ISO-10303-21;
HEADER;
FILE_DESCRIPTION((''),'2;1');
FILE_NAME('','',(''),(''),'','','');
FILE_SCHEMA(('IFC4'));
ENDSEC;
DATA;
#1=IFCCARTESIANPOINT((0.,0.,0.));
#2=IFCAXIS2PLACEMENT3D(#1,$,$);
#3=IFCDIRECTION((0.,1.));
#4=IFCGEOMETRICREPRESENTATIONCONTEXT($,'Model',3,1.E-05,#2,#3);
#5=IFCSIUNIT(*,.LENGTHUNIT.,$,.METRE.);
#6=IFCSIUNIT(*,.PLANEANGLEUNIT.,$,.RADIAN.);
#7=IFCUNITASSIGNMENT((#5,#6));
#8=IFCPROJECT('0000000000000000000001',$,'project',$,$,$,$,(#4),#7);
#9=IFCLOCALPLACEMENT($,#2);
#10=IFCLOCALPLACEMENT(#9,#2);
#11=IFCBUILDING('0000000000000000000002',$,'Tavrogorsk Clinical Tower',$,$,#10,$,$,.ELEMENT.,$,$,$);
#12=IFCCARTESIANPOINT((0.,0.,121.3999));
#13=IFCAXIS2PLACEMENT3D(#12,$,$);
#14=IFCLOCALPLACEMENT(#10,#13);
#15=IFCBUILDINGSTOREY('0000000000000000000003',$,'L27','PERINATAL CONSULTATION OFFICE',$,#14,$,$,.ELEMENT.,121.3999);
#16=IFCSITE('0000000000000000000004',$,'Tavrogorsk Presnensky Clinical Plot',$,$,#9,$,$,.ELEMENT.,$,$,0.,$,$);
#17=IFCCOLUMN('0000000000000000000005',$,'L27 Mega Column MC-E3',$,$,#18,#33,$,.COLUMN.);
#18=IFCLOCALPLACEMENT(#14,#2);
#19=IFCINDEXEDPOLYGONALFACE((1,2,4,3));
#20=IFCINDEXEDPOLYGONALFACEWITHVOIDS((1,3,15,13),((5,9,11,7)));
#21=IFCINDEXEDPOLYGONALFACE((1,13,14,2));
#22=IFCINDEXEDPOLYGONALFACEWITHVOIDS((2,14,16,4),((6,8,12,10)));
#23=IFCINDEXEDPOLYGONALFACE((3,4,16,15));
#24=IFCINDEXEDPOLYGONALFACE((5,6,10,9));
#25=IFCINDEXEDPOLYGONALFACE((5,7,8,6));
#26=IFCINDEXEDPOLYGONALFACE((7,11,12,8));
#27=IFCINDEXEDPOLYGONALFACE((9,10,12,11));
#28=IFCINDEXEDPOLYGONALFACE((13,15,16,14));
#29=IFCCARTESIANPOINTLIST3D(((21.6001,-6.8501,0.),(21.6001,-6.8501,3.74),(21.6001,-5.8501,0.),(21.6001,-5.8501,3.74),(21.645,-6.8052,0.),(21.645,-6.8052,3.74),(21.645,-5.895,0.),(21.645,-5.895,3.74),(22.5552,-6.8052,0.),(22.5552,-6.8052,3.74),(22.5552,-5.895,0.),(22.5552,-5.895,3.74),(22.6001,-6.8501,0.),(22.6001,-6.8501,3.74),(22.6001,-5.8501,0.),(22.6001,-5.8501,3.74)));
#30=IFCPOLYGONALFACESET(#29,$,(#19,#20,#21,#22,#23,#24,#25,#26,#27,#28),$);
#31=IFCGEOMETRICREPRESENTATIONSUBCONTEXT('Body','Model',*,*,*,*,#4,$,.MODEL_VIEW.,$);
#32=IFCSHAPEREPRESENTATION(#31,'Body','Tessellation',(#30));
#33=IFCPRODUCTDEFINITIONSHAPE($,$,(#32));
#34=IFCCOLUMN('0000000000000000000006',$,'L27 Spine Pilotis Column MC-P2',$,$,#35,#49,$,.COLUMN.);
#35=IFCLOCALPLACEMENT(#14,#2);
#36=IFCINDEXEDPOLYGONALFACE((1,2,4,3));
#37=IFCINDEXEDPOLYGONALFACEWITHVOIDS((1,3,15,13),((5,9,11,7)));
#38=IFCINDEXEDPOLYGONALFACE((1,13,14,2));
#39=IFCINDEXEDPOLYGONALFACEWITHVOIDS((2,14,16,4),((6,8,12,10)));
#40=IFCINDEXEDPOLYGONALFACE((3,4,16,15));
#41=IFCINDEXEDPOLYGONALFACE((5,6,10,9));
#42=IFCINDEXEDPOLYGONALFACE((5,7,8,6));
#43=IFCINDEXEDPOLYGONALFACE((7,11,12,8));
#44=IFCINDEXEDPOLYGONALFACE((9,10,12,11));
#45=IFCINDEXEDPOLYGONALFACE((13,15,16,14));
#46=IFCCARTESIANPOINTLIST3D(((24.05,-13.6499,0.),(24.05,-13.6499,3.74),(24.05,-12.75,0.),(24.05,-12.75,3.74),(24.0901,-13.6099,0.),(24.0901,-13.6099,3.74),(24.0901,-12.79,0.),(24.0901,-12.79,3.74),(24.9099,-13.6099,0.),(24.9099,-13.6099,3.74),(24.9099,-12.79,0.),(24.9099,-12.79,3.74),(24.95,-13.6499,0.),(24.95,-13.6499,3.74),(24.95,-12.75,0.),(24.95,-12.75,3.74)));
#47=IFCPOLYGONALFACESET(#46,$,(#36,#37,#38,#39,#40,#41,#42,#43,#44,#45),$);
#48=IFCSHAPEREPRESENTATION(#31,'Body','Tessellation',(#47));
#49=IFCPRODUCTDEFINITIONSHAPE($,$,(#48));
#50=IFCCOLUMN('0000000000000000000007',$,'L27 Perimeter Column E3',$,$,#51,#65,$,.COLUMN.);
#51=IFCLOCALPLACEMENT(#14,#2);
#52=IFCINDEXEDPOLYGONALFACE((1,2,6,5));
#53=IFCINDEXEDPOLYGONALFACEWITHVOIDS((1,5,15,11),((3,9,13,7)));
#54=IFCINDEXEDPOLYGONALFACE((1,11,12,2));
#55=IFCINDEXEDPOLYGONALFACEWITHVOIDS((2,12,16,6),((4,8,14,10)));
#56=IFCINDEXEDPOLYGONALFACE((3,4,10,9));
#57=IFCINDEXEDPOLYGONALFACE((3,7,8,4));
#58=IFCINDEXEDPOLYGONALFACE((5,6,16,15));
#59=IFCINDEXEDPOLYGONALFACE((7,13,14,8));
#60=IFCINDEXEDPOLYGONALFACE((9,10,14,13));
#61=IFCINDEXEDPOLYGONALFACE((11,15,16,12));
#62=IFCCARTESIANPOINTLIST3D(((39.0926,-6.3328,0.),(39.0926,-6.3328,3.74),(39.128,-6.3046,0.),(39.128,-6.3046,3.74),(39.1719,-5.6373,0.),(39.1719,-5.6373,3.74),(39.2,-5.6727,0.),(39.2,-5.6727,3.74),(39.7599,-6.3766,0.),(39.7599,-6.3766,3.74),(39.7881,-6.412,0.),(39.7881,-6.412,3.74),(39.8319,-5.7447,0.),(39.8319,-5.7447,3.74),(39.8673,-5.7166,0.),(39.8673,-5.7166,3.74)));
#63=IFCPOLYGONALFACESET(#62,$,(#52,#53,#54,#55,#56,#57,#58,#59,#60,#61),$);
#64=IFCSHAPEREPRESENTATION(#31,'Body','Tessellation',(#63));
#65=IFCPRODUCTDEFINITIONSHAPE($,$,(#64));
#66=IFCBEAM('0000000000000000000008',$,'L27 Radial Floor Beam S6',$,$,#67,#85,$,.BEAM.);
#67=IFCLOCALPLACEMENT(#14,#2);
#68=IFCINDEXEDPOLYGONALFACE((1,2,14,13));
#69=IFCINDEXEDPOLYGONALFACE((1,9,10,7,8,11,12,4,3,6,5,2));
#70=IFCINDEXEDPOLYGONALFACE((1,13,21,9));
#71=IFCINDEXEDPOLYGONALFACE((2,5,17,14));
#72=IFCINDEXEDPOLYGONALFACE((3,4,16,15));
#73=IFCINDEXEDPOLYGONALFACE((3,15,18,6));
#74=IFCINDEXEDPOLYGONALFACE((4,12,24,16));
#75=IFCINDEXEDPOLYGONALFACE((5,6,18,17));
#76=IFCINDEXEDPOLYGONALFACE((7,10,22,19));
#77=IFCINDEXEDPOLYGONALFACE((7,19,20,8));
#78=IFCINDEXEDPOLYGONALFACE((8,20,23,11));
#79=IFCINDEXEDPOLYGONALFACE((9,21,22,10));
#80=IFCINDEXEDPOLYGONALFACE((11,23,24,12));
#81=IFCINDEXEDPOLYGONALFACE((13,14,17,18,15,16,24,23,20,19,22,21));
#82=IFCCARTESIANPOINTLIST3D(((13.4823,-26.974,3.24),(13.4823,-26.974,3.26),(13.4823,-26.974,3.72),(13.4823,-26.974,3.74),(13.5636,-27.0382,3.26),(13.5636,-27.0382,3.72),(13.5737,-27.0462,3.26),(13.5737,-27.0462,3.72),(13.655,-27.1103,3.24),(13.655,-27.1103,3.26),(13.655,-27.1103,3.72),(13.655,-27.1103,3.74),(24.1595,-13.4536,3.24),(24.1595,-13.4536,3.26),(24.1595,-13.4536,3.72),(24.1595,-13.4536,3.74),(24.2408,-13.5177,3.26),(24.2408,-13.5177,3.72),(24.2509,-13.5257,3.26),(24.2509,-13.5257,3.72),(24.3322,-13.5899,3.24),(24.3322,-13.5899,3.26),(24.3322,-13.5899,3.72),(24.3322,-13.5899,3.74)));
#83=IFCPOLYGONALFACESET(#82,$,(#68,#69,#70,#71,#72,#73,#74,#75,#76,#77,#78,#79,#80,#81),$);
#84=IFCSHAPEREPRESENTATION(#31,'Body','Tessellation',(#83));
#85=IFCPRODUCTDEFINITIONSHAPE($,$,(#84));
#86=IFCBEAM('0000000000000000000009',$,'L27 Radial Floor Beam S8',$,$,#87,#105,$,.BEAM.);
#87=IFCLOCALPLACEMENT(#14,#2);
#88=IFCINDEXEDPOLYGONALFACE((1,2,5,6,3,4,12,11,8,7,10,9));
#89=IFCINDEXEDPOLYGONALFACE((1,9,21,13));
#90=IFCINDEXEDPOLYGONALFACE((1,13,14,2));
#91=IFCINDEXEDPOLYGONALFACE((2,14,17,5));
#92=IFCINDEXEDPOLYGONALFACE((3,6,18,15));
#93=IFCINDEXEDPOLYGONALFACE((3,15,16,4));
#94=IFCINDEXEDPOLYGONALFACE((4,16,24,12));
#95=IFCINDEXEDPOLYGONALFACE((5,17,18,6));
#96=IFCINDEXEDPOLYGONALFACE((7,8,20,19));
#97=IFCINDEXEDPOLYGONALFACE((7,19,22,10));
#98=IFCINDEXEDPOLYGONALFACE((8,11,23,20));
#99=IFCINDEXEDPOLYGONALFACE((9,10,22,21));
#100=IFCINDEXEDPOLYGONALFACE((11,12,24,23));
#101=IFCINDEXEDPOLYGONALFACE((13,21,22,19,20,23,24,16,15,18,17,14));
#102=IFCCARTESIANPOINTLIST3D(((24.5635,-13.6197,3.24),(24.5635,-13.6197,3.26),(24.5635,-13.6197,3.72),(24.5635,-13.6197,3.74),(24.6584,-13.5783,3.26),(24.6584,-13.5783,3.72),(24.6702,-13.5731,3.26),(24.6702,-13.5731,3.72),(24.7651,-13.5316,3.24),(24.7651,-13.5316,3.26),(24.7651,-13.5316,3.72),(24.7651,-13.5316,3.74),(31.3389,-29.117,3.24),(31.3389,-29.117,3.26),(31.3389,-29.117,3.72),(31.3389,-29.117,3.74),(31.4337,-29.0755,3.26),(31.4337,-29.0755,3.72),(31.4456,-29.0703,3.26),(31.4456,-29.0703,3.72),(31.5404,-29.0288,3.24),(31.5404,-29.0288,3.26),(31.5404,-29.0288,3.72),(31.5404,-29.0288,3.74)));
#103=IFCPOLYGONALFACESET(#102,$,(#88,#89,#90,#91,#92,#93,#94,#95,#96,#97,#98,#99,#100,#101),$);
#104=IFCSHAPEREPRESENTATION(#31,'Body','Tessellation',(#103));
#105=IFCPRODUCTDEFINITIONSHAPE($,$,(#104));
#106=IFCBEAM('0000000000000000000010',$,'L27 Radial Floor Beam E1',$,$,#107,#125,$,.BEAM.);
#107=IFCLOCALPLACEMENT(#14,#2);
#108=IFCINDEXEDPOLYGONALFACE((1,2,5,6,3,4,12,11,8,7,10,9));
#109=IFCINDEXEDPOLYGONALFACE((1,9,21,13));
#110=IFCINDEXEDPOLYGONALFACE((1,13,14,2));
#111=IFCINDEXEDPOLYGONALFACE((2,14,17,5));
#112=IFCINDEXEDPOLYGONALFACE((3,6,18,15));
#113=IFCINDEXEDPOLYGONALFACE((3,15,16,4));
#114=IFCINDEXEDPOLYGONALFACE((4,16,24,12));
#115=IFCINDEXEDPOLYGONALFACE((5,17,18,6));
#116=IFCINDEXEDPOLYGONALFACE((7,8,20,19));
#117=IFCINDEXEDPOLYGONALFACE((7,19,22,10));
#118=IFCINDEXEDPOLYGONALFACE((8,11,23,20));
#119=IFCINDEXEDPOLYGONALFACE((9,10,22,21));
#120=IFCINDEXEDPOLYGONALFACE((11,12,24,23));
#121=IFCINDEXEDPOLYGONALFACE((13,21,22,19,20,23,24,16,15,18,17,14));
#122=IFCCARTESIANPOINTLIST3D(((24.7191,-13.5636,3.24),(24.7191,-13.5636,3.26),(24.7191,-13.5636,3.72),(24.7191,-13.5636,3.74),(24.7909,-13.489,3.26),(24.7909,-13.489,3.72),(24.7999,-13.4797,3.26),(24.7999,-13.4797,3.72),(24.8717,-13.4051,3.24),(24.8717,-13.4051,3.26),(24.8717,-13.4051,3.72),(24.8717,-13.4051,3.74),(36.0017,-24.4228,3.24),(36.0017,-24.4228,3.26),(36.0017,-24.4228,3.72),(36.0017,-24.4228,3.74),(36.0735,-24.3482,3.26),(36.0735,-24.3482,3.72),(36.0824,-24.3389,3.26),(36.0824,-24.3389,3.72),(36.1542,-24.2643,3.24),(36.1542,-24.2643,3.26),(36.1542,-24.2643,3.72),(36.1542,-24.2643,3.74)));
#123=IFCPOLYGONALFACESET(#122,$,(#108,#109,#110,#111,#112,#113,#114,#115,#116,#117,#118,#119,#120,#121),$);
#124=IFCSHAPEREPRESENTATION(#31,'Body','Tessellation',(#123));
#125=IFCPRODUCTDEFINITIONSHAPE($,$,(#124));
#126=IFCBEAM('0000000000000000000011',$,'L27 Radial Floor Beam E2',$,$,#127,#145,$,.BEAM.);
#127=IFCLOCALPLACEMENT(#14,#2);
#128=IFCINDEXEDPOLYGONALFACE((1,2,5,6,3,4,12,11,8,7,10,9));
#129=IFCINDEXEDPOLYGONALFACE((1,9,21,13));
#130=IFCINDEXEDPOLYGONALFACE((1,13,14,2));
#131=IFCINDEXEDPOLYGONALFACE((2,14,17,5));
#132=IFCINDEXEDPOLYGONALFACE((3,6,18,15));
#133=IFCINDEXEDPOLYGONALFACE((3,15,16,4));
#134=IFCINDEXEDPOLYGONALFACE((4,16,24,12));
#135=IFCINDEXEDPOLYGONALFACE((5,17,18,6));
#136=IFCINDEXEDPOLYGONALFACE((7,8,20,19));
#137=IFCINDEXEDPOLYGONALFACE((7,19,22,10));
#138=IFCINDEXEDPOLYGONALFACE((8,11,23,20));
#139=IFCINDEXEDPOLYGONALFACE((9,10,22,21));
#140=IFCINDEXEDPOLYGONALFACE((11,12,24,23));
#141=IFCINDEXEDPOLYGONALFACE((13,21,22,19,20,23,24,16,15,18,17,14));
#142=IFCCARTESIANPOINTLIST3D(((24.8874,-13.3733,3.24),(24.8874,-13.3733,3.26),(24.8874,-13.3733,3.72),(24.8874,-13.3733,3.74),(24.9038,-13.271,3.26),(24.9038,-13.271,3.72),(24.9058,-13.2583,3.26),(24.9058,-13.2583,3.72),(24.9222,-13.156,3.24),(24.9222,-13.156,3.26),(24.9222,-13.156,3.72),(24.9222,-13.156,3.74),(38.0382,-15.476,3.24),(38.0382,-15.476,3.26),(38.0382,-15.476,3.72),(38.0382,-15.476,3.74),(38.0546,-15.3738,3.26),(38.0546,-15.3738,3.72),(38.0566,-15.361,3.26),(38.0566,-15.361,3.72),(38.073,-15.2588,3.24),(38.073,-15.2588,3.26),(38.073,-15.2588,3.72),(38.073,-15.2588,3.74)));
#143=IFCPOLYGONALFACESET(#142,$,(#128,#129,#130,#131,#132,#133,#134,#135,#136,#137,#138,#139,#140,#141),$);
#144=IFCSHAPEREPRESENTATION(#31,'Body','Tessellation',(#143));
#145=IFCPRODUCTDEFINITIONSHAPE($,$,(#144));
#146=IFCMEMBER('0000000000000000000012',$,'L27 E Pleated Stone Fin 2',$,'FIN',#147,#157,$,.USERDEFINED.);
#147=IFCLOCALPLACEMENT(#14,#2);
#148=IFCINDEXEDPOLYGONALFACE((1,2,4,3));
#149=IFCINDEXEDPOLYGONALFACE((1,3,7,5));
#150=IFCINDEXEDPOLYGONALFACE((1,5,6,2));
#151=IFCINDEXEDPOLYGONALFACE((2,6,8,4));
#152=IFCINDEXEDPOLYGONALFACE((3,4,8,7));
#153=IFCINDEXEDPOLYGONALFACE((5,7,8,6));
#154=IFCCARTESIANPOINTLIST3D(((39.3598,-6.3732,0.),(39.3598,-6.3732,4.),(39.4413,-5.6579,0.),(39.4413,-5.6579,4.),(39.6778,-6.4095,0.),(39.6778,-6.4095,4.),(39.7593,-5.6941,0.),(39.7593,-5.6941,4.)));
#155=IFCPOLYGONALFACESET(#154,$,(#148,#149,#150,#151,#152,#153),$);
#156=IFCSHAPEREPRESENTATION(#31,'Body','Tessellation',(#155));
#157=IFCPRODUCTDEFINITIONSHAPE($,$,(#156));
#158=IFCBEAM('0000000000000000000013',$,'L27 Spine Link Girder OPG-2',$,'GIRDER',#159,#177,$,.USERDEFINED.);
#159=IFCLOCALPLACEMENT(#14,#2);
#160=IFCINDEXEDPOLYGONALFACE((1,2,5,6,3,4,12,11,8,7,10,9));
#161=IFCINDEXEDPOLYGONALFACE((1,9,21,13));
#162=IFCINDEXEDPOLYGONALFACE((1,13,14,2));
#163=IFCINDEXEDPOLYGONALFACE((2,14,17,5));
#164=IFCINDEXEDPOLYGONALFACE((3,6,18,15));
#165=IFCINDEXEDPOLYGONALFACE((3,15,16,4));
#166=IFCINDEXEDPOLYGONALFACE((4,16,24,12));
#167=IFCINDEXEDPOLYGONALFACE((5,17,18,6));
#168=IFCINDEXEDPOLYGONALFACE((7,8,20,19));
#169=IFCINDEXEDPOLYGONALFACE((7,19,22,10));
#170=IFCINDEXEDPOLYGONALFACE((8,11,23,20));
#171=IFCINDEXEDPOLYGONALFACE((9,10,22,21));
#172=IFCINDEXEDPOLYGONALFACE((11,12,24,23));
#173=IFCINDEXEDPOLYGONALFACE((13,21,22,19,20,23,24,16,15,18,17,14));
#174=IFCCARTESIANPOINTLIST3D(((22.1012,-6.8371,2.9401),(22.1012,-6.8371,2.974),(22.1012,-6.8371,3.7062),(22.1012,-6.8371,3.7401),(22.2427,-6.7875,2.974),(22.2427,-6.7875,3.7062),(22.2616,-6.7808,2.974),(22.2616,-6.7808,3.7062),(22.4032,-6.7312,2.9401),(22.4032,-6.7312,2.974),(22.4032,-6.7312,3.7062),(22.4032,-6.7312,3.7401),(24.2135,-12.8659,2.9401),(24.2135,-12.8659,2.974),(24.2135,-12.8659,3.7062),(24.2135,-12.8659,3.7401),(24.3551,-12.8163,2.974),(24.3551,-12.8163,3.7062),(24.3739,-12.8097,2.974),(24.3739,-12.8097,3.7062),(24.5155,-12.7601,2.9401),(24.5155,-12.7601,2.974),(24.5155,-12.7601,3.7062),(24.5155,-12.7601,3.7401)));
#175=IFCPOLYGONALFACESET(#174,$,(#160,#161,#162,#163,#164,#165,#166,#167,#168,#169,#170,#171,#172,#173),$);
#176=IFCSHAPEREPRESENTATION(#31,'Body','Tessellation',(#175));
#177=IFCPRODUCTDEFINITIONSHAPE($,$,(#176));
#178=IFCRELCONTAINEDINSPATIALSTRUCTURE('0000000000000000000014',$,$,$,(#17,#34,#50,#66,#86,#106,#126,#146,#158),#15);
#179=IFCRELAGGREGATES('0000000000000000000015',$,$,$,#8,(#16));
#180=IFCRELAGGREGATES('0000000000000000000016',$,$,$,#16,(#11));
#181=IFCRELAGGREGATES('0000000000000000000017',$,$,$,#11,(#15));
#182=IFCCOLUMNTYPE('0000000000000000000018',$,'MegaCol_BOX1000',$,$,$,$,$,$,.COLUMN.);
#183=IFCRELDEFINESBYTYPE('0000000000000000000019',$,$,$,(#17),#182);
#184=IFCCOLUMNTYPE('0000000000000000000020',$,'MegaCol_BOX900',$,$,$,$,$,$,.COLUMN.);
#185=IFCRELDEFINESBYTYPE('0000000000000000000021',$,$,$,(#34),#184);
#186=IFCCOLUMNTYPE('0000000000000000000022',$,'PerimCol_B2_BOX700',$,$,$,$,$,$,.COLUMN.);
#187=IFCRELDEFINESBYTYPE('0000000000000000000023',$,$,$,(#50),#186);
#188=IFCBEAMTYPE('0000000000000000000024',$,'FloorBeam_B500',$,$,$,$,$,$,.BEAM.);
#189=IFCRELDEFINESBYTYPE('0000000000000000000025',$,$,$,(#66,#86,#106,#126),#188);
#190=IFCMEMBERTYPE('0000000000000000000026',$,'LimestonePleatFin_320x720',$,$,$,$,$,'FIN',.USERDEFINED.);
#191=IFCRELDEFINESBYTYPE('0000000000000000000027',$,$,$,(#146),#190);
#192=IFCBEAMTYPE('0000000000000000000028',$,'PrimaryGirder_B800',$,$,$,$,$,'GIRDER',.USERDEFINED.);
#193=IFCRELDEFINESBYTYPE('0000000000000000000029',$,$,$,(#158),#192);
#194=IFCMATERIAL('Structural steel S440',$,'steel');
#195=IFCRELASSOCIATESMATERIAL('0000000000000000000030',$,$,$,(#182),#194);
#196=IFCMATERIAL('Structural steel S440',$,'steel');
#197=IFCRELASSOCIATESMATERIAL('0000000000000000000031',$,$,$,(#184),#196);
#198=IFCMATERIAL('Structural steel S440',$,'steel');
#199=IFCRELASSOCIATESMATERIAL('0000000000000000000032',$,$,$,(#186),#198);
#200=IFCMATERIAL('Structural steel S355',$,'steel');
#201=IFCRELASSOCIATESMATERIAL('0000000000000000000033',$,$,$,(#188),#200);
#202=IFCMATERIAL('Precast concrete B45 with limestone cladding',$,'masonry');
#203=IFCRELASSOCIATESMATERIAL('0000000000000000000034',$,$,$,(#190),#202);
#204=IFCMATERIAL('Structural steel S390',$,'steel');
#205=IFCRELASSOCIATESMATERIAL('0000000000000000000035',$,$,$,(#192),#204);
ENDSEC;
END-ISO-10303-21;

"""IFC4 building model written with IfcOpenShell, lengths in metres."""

from ifc_helpers import new_model, si_unit, direction, frame, origin, origin_2d, place, context, subcontext, project, spatial, rectangle, hollow_rectangle, i_section, extrude, material, material_profile, profile_set, type_object, element, save


model = new_model("IFC4")

# Units and contexts
model_context = context("Model", 3, precision=1e-05, world=origin(), true_north=direction((0.0, 1.0)))
body_context = subcontext(model_context, "Body", "Model", "MODEL_VIEW")
ifc_project = project(units=[si_unit("LENGTHUNIT", "METRE"), si_unit("PLANEANGLEUNIT", "RADIAN")], contexts=[model_context])

# Site, building, storey
site_placement = place(None, origin())
site = spatial("IfcSite", under=ifc_project, at=site_placement, Name="Tavrogorsk Presnensky Clinical Plot", CompositionType="ELEMENT", RefElevation=0.0)
building_placement = place(site_placement, origin())
building = spatial("IfcBuilding", under=site, at=building_placement, Name="Tavrogorsk Clinical Tower", CompositionType="ELEMENT")
storey_placement = place(building_placement, frame((0.0, 0.0, 121.3999)))
storey = spatial("IfcBuildingStorey", under=building, at=storey_placement, Name="L27", Description="PERINATAL CONSULTATION OFFICE", CompositionType="ELEMENT", Elevation=121.3999)

# Columns
ifc_material_1 = material(Name="Structural steel S440", Category="steel")
ifc_material_profile_1 = material_profile(ifc_material_1, hollow_rectangle(XDim=1.0, YDim=1.0, WallThickness=0.0449, at=origin_2d()), Name="BOX-1000x1000x45")
ifc_profile_set_1 = profile_set([ifc_material_profile_1], Name="Structural steel S440")
column_type_1 = type_object("IfcColumnType", Name="MegaCol_BOX1000", PredefinedType="COLUMN", material=ifc_profile_set_1)
column_1_placement = place(storey_placement, frame((22.1001, -6.3501, 0.0), z_axis=(0.0, 0.0, 1.0), x_axis=(1.0, 0.0, 0.0)))
element("IfcColumn", 1, at=column_1_placement, inside=storey, type_object=column_type_1, Name="L27 Mega Column MC-E3", PredefinedType="COLUMN", context=body_context, shape_type="SweptSolid", body=[
    extrude(hollow_rectangle(XDim=1.0, YDim=1.0, WallThickness=0.0449, at=origin_2d()), origin(), (0.0, 0.0, 1.0), 3.74),
])
ifc_material_2 = material(Name="Structural steel S440", Category="steel")
ifc_material_profile_2 = material_profile(ifc_material_2, hollow_rectangle(XDim=0.8999, YDim=0.8999, WallThickness=0.04, at=origin_2d()), Name="BOX-900x900x40")
ifc_profile_set_2 = profile_set([ifc_material_profile_2], Name="Structural steel S440")
column_type_2 = type_object("IfcColumnType", Name="MegaCol_BOX900", PredefinedType="COLUMN", material=ifc_profile_set_2)
column_2_placement = place(storey_placement, frame((24.5, -13.2, 0.0), z_axis=(0.0, 0.0, 1.0), x_axis=(1.0, 0.0, 0.0)))
element("IfcColumn", 2, at=column_2_placement, inside=storey, type_object=column_type_2, Name="L27 Spine Pilotis Column MC-P2", PredefinedType="COLUMN", context=body_context, shape_type="SweptSolid", body=[
    extrude(hollow_rectangle(XDim=0.8999, YDim=0.8999, WallThickness=0.04, at=origin_2d()), origin(), (0.0, 0.0, 1.0), 3.74),
])
ifc_material_3 = material(Name="Structural steel S440", Category="steel")
ifc_material_profile_3 = material_profile(ifc_material_3, hollow_rectangle(XDim=0.7, YDim=0.7, WallThickness=0.032, at=origin_2d()), Name="BOX-700x700x32")
ifc_profile_set_3 = profile_set([ifc_material_profile_3], Name="Structural steel S440")
column_type_3 = type_object("IfcColumnType", Name="PerimCol_B2_BOX700", PredefinedType="COLUMN", material=ifc_profile_set_3)
column_3_placement = place(storey_placement, frame((39.48, -6.0247, 0.0), z_axis=(0.0, 0.0, 1.0), x_axis=(0.993572, -0.113203, 0.0)))
element("IfcColumn", 3, at=column_3_placement, inside=storey, type_object=column_type_3, Name="L27 Perimeter Column E3", PredefinedType="COLUMN", context=body_context, shape_type="SweptSolid", body=[
    extrude(hollow_rectangle(XDim=0.7, YDim=0.7, WallThickness=0.032, at=origin_2d()), origin(), (0.0, 0.0, 1.0), 3.74),
])

# Beams
ifc_material_4 = material(Name="Structural steel S355", Category="steel")
ifc_material_profile_4 = material_profile(ifc_material_4, i_section(OverallWidth=0.22, OverallDepth=0.5, WebThickness=0.0129, FlangeThickness=0.02, at=origin_2d()), Name="B-500x220x13x20")
ifc_profile_set_4 = profile_set([ifc_material_profile_4], Name="Structural steel S355")
beam_type_1 = type_object("IfcBeamType", Name="FloorBeam_B500", PredefinedType="BEAM", material=ifc_profile_set_4)
beam_1_placement = place(storey_placement, frame((24.2458, -13.5217, 3.49), z_axis=(-0.619757, -0.784794, 0.0), x_axis=(0.784794, -0.619757, 0.0)))
element("IfcBeam", 4, at=beam_1_placement, inside=storey, type_object=beam_type_1, Name="L27 Radial Floor Beam S6", PredefinedType="BEAM", context=body_context, shape_type="SweptSolid", body=[
    extrude(i_section(OverallWidth=0.22, OverallDepth=0.5, WebThickness=0.0129, FlangeThickness=0.02, at=origin_2d()), origin(), (0.0, 0.0, 1.0), 17.228),
])
beam_2_placement = place(storey_placement, frame((24.6643, -13.5757, 3.49), z_axis=(0.400586, -0.916259, 0.0), x_axis=(0.916259, 0.400586, 0.0)))
element("IfcBeam", 5, at=beam_2_placement, inside=storey, type_object=beam_type_1, Name="L27 Radial Floor Beam S8", PredefinedType="BEAM", context=body_context, shape_type="SweptSolid", body=[
    extrude(i_section(OverallWidth=0.22, OverallDepth=0.5, WebThickness=0.0129, FlangeThickness=0.02, at=origin_2d()), origin(), (0.0, 0.0, 1.0), 16.9136),
])
beam_3_placement = place(storey_placement, frame((24.7954, -13.4844, 3.49), z_axis=(0.720495, -0.69346, 0.0), x_axis=(0.69346, 0.720495, 0.0)))
element("IfcBeam", 6, at=beam_3_placement, inside=storey, type_object=beam_type_1, Name="L27 Radial Floor Beam E1", PredefinedType="BEAM", context=body_context, shape_type="SweptSolid", body=[
    extrude(i_section(OverallWidth=0.22, OverallDepth=0.5, WebThickness=0.0129, FlangeThickness=0.02, at=origin_2d()), origin(), (0.0, 0.0, 1.0), 15.6594),
])
beam_4_placement = place(storey_placement, frame((24.9048, -13.2646, 3.49), z_axis=(0.987457, -0.157891, 0.0), x_axis=(0.157891, 0.987457, 0.0)))
element("IfcBeam", 7, at=beam_4_placement, inside=storey, type_object=beam_type_1, Name="L27 Radial Floor Beam E2", PredefinedType="BEAM", context=body_context, shape_type="SweptSolid", body=[
    extrude(i_section(OverallWidth=0.22, OverallDepth=0.5, WebThickness=0.0129, FlangeThickness=0.02, at=origin_2d()), origin(), (0.0, 0.0, 1.0), 13.3179),
])

# Member
ifc_material_5 = material(Name="Precast concrete B45 with limestone cladding", Category="masonry")
ifc_material_profile_5 = material_profile(ifc_material_5, rectangle(XDim=0.3201, YDim=0.72, at=origin_2d()), Name="LIMESTONE-FIN-320x720")
ifc_profile_set_5 = profile_set([ifc_material_profile_5], Name="Precast concrete B45 with limestone cladding")
member_type = type_object("IfcMemberType", Name="LimestonePleatFin_320x720", ElementType="FIN", PredefinedType="USERDEFINED", material=ifc_profile_set_5)
member_placement = place(storey_placement, frame((39.5596, -6.0337, 0.0), z_axis=(0.0, 0.0, 1.0), x_axis=(0.993572, -0.113203, 0.0)))
element("IfcMember", 8, at=member_placement, inside=storey, type_object=member_type, Name="L27 E Pleated Stone Fin 2", ObjectType="FIN", PredefinedType="USERDEFINED", context=body_context, shape_type="SweptSolid", body=[
    extrude(rectangle(XDim=0.3201, YDim=0.72, at=origin_2d()), origin(), (0.0, 0.0, 1.0), 4.0),
])

# Beam
ifc_material_6 = material(Name="Structural steel S390", Category="steel")
ifc_material_profile_6 = material_profile(ifc_material_6, i_section(OverallWidth=0.3201, OverallDepth=0.8, WebThickness=0.02, FlangeThickness=0.0339, at=origin_2d()), Name="B-800x320x20x34")
ifc_profile_set_6 = profile_set([ifc_material_profile_6], Name="Structural steel S390")
beam_type_2 = type_object("IfcBeamType", Name="PrimaryGirder_B800", ElementType="GIRDER", PredefinedType="USERDEFINED", material=ifc_profile_set_6)
beam_5_placement = place(storey_placement, frame((24.3645, -12.813, 3.3401), z_axis=(-0.33066, 0.94375, 0.0), x_axis=(-0.94375, -0.33066, 0.0)))
element("IfcBeam", 9, at=beam_5_placement, inside=storey, type_object=beam_type_2, Name="L27 Spine Link Girder OPG-2", ObjectType="GIRDER", PredefinedType="USERDEFINED", context=body_context, shape_type="SweptSolid", body=[
    extrude(i_section(OverallWidth=0.3201, OverallDepth=0.8, WebThickness=0.02, FlangeThickness=0.0339, at=origin_2d()), origin(), (0.0, 0.0, 1.0), 6.3882),
])

save(model, "model.ifc")
